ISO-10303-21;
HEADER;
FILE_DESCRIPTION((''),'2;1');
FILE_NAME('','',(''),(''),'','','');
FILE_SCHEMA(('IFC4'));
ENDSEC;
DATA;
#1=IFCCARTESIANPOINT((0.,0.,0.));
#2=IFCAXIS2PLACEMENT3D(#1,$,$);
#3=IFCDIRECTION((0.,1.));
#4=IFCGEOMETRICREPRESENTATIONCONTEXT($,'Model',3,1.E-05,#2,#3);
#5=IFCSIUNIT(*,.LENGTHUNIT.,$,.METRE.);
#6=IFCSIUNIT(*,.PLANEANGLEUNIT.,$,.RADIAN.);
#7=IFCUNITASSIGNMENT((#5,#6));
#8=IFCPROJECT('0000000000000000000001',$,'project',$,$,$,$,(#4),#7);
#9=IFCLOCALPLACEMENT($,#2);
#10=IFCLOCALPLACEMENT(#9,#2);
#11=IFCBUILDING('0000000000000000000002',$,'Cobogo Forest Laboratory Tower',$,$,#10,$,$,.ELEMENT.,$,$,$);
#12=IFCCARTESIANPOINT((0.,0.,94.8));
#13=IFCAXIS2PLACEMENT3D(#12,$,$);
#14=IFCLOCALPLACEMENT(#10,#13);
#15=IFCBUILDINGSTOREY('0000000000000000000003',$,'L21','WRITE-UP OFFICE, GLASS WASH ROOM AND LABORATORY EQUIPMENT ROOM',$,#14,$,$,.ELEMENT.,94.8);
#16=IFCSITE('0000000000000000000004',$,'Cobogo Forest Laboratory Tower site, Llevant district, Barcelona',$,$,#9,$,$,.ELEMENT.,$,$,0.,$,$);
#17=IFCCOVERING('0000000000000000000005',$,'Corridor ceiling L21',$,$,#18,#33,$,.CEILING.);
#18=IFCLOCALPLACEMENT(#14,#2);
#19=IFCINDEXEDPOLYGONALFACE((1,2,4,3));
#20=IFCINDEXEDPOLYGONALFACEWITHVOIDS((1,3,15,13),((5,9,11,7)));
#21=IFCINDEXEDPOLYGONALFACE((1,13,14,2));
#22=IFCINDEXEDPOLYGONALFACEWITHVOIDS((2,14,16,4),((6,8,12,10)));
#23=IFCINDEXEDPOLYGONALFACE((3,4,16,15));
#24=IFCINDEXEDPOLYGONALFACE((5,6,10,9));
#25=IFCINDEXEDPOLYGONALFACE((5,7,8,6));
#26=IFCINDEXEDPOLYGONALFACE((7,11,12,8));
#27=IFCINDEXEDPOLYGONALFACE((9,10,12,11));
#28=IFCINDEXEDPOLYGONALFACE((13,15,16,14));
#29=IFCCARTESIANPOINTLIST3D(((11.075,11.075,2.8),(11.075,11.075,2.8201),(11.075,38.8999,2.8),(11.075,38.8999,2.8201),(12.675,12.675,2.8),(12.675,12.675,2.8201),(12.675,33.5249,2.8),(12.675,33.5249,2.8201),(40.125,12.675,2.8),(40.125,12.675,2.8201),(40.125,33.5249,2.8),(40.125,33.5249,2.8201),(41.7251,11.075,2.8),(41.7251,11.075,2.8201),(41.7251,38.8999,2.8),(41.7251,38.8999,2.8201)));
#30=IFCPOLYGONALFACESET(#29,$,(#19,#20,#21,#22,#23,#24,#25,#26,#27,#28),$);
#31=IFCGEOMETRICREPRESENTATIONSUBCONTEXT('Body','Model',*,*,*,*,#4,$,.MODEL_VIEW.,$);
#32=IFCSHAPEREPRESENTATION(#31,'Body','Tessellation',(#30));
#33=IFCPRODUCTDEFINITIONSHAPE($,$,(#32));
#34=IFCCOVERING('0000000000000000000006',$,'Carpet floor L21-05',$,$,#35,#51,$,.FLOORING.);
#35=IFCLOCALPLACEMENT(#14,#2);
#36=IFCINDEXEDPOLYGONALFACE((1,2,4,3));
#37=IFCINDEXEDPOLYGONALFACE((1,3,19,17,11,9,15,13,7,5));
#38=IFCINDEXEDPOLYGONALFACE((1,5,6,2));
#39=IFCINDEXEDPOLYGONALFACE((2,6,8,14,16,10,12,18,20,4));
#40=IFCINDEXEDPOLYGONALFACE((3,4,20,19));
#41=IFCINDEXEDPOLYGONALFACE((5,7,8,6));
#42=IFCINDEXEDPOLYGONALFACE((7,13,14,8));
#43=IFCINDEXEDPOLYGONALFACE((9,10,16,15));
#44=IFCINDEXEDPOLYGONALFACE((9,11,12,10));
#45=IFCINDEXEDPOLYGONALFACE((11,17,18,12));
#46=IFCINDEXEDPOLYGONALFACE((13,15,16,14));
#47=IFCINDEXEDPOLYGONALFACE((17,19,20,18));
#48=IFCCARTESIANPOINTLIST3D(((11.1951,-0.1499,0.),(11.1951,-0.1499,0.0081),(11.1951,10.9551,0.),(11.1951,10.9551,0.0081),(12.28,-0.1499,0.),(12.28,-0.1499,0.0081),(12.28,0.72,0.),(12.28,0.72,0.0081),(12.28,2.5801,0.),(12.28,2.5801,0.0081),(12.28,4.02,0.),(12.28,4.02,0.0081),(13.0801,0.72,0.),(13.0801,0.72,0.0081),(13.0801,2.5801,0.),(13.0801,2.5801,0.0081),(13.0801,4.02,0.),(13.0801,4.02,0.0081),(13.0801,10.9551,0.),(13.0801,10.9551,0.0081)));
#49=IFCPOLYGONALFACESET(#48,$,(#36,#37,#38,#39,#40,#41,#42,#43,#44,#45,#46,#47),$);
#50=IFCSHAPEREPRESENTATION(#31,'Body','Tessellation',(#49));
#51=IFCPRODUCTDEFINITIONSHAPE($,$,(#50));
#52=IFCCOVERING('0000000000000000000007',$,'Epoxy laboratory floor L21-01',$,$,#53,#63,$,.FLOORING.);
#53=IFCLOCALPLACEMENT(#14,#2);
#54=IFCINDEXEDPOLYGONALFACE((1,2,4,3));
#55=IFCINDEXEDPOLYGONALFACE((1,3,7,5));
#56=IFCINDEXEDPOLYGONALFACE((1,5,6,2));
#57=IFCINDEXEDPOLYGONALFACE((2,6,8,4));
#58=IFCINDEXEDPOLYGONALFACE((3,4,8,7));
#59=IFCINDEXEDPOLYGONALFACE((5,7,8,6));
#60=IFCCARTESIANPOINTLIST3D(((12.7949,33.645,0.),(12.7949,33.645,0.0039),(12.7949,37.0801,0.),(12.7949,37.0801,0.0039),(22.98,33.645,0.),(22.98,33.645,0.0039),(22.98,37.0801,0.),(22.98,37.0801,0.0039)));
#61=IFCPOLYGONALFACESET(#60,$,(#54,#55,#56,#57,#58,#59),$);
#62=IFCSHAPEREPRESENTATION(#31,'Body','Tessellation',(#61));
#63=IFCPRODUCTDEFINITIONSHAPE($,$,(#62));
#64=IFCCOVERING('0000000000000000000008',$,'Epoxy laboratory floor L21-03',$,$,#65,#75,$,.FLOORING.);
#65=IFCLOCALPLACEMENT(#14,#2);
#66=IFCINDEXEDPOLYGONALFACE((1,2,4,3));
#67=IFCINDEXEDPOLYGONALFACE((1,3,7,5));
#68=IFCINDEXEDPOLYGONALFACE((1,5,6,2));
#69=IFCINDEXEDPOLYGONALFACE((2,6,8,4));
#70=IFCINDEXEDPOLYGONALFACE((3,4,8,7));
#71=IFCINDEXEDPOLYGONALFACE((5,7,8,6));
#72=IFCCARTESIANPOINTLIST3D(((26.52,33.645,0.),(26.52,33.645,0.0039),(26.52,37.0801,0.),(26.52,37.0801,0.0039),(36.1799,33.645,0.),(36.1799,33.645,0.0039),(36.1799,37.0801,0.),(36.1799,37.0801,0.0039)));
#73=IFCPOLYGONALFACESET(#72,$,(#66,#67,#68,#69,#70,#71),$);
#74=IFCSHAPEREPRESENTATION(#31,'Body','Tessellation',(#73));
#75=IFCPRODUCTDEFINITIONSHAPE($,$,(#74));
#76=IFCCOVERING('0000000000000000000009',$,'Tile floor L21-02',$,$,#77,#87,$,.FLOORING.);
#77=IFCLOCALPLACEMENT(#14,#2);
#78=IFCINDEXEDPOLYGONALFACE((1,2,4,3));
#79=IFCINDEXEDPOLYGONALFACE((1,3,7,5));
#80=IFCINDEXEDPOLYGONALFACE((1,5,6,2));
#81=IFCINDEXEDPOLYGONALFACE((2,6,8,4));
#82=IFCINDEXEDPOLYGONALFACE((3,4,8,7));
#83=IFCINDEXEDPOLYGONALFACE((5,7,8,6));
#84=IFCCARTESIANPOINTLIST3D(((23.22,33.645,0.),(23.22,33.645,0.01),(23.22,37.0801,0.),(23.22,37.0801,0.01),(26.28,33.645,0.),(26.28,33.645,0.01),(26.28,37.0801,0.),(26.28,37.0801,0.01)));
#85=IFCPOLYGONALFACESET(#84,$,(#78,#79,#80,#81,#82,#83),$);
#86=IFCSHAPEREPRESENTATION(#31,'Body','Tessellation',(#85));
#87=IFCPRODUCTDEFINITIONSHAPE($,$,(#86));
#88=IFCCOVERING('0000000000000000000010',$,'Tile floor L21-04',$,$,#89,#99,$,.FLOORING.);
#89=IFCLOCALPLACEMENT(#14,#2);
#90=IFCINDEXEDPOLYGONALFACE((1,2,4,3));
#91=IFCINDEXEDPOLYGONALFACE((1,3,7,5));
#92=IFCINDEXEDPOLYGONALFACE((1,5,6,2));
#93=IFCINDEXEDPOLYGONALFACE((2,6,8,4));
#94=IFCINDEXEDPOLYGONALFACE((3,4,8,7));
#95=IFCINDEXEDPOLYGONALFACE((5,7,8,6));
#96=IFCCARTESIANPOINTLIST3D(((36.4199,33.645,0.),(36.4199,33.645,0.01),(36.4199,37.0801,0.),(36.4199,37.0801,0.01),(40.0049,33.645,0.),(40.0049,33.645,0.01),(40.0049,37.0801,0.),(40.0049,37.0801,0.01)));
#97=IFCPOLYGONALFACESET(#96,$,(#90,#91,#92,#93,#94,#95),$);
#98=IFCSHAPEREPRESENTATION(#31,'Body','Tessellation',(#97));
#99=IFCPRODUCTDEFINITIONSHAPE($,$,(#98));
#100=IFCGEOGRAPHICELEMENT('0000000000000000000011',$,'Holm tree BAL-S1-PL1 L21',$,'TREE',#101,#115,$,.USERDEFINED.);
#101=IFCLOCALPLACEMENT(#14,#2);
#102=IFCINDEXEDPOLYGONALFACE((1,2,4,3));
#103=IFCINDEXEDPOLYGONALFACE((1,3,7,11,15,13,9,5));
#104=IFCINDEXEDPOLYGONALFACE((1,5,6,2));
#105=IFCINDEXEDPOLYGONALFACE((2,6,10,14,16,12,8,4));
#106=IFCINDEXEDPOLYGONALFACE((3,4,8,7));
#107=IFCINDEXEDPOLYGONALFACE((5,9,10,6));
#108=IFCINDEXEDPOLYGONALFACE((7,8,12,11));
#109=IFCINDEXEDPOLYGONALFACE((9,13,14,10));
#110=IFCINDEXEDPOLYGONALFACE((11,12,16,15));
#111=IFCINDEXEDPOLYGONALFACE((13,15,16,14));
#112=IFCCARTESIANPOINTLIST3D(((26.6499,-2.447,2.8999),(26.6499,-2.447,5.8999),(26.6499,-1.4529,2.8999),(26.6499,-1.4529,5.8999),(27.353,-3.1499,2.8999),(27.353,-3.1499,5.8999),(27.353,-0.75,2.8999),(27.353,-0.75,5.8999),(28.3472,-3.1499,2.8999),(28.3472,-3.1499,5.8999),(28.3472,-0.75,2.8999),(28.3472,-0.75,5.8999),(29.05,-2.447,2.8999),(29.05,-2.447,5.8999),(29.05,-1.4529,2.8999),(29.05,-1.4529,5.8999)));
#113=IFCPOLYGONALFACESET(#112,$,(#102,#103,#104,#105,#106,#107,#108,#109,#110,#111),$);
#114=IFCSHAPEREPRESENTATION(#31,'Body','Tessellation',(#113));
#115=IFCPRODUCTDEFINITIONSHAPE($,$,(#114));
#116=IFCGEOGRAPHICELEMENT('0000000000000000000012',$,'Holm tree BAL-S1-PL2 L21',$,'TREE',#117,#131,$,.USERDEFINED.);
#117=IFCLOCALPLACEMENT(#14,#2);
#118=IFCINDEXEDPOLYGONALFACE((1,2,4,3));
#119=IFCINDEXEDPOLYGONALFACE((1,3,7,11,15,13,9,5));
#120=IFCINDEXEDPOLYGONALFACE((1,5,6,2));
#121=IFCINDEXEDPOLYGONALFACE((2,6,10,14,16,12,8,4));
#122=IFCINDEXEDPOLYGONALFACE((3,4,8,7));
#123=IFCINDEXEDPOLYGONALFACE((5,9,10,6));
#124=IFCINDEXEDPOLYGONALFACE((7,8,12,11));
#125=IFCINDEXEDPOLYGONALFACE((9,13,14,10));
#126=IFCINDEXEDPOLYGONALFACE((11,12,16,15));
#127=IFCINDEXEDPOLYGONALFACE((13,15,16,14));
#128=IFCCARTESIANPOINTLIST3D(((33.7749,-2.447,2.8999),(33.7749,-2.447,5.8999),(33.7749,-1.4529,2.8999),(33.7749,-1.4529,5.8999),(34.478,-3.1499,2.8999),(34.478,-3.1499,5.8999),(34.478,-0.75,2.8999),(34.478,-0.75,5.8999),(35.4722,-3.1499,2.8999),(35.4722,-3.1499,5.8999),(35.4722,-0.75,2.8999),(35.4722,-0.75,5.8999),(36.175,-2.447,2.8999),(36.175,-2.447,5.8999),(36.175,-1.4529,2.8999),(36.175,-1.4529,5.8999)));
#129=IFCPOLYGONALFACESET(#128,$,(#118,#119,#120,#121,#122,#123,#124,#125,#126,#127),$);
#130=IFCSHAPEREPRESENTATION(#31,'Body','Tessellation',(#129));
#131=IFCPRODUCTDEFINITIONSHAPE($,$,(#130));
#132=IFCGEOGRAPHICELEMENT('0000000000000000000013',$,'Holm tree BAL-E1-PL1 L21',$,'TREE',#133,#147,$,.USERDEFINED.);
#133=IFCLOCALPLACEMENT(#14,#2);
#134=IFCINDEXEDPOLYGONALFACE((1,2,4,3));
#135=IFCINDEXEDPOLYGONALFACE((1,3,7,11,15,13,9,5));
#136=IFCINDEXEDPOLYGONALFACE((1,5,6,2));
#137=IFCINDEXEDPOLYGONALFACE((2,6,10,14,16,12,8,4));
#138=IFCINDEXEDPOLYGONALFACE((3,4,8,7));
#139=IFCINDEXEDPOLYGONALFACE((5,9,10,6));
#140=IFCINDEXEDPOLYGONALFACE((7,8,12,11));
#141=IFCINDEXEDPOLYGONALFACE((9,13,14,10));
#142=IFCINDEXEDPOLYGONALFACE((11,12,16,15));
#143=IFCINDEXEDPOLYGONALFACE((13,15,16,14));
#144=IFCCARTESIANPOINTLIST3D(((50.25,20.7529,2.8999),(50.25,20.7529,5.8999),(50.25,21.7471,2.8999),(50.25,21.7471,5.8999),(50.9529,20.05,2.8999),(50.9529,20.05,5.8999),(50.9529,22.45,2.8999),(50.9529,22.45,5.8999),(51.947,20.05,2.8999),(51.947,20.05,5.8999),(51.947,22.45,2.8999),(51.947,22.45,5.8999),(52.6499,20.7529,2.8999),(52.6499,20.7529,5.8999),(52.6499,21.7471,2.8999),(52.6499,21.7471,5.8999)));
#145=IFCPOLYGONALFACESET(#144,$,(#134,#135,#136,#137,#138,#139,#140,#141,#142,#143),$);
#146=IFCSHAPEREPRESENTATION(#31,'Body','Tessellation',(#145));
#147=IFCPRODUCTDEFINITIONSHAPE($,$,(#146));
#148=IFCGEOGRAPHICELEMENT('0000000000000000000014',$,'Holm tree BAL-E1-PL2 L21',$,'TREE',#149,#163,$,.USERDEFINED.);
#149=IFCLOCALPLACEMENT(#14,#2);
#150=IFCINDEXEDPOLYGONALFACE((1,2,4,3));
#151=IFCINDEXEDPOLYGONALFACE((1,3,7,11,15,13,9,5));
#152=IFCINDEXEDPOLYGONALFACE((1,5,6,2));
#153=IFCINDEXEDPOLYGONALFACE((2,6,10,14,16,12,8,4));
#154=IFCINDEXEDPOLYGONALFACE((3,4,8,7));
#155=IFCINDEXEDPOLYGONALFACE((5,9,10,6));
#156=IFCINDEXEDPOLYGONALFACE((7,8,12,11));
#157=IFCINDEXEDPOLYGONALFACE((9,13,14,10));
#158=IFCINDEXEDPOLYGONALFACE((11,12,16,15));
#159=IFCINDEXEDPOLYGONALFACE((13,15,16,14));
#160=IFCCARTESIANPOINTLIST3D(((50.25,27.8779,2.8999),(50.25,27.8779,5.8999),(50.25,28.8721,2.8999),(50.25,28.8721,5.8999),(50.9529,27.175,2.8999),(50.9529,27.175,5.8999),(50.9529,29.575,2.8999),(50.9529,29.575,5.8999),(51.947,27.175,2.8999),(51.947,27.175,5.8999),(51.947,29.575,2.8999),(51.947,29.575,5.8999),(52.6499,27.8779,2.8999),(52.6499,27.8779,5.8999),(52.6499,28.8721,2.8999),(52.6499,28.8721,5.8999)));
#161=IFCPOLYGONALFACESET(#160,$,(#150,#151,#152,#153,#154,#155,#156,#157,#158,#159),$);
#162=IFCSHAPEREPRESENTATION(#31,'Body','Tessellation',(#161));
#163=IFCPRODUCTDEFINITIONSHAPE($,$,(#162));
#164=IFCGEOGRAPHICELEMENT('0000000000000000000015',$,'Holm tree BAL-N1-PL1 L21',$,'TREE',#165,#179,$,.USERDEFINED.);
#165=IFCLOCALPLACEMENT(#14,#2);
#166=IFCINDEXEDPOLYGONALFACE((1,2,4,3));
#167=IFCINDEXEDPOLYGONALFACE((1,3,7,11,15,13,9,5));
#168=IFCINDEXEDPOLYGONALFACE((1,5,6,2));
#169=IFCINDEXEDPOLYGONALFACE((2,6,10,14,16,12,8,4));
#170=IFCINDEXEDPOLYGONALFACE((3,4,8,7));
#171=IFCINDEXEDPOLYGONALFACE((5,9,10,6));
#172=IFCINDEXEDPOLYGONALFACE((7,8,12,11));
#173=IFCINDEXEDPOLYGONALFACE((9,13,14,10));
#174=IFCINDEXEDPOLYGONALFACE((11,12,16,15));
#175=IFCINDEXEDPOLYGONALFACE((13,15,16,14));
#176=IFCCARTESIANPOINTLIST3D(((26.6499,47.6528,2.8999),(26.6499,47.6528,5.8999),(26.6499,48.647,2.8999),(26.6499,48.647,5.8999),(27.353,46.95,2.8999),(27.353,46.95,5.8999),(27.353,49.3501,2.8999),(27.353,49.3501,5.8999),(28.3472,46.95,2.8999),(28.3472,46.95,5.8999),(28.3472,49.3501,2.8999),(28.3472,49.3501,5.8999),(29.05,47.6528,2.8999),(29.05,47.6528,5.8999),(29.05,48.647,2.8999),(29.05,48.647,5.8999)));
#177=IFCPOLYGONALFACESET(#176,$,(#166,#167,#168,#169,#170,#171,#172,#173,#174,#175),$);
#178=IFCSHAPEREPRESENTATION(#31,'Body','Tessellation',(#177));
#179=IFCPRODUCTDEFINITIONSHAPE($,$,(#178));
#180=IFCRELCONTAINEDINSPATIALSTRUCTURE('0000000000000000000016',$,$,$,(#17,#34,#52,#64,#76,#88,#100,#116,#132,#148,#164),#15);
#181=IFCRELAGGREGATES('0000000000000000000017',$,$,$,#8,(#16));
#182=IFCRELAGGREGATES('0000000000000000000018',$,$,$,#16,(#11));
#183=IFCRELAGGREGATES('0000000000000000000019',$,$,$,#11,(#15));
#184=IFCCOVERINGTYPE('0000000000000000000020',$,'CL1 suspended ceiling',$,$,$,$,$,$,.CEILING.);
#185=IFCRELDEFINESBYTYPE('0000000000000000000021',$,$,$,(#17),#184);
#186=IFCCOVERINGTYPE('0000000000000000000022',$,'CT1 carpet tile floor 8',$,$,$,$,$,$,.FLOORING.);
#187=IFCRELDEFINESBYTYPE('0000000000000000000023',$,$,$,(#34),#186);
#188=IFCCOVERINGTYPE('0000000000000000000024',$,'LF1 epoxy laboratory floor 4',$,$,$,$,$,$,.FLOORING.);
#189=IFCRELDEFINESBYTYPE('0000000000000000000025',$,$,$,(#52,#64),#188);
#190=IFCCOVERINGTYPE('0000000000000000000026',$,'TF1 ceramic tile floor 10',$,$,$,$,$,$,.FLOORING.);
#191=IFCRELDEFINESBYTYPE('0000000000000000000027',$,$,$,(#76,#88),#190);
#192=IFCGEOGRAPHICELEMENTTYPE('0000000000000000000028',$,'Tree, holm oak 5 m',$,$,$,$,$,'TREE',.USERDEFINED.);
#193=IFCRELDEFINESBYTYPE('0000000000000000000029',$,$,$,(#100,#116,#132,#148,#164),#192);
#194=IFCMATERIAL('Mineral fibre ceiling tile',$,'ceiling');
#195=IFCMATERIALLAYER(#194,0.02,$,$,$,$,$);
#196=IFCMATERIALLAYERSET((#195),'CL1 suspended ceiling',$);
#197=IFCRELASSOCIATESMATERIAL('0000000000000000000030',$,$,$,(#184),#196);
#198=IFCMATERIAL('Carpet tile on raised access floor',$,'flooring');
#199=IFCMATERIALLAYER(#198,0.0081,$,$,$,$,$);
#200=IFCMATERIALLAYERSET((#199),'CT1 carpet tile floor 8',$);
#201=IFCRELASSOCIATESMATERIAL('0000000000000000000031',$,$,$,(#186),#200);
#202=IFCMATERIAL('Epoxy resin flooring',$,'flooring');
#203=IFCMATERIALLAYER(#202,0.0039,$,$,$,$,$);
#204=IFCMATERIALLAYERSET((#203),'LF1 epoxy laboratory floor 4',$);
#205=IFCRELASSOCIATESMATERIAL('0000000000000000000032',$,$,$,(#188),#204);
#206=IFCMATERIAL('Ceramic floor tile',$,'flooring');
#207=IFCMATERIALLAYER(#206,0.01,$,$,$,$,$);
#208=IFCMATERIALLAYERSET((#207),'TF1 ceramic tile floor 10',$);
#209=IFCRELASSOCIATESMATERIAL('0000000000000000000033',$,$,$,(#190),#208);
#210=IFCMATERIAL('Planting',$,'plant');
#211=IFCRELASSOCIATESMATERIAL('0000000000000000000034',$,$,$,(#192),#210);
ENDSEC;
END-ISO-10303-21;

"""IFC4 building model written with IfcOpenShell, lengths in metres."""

from ifc_helpers import new_model, si_unit, direction, frame, origin, place, context, subcontext, project, spatial, polyline, outline, extrude, material, layer, layer_set, type_object, element, save


model = new_model("IFC4")

# Units and contexts
model_context = context("Model", 3, precision=1e-05, world=origin(), true_north=direction((0.0, 1.0)))
body_context = subcontext(model_context, "Body", "Model", "MODEL_VIEW")
ifc_project = project(units=[si_unit("LENGTHUNIT", "METRE"), si_unit("PLANEANGLEUNIT", "RADIAN")], contexts=[model_context])

# Site, building, storey
site_placement = place(None, origin())
site = spatial("IfcSite", under=ifc_project, at=site_placement, Name="Cobogo Forest Laboratory Tower site, Llevant district, Barcelona", CompositionType="ELEMENT", RefElevation=0.0)
building_placement = place(site_placement, origin())
building = spatial("IfcBuilding", under=site, at=building_placement, Name="Cobogo Forest Laboratory Tower", CompositionType="ELEMENT")
storey_placement = place(building_placement, frame((0.0, 0.0, 94.8)))
storey = spatial("IfcBuildingStorey", under=building, at=storey_placement, Name="L21", Description="WRITE-UP OFFICE, GLASS WASH ROOM AND LABORATORY EQUIPMENT ROOM", CompositionType="ELEMENT", Elevation=94.8)

# Coverings
ifc_material_1 = material(Name="Mineral fibre ceiling tile", Category="ceiling")
ifc_layer_1 = layer(ifc_material_1, 0.02)
ifc_layer_set_1 = layer_set([ifc_layer_1], Name="CL1 suspended ceiling")
covering_type_1 = type_object("IfcCoveringType", Name="CL1 suspended ceiling", PredefinedType="CEILING", material=ifc_layer_set_1)
covering_1_placement = place(storey_placement, frame((0.0, 0.0, 2.8)))
element("IfcCovering", 1, at=covering_1_placement, inside=storey, type_object=covering_type_1, Name="Corridor ceiling L21", PredefinedType="CEILING", context=body_context, shape_type="SweptSolid", body=[
    extrude(outline(polyline([(11.075, 11.075), (11.075, 38.8999), (41.7251, 38.8999), (41.7251, 11.075), (11.075, 11.075)]), holes=[polyline([(40.125, 33.5249), (12.675, 33.5249), (12.675, 12.675), (40.125, 12.675), (40.125, 33.5249)])]), origin(), (0.0, 0.0, 1.0), 0.02),
])
ifc_material_2 = material(Name="Carpet tile on raised access floor", Category="flooring")
ifc_layer_2 = layer(ifc_material_2, 0.0081)
ifc_layer_set_2 = layer_set([ifc_layer_2], Name="CT1 carpet tile floor 8")
covering_type_2 = type_object("IfcCoveringType", Name="CT1 carpet tile floor 8", PredefinedType="FLOORING", material=ifc_layer_set_2)
covering_2_placement = place(storey_placement, origin())
element("IfcCovering", 2, at=covering_2_placement, inside=storey, type_object=covering_type_2, Name="Carpet floor L21-05", PredefinedType="FLOORING", context=body_context, shape_type="SweptSolid", body=[
    extrude(outline(polyline([(13.0801, 10.9551), (13.0801, 4.02), (12.28, 4.02), (12.28, 2.5801), (13.0801, 2.5801), (13.0801, 0.72), (12.28, 0.72), (12.28, -0.1499), (11.1951, -0.1499), (11.1951, 10.9551), (13.0801, 10.9551)])), origin(), (0.0, 0.0, 1.0), 0.0081),
])
ifc_material_3 = material(Name="Epoxy resin flooring", Category="flooring")
ifc_layer_3 = layer(ifc_material_3, 0.0039)
ifc_layer_set_3 = layer_set([ifc_layer_3], Name="LF1 epoxy laboratory floor 4")
covering_type_3 = type_object("IfcCoveringType", Name="LF1 epoxy laboratory floor 4", PredefinedType="FLOORING", material=ifc_layer_set_3)
covering_3_placement = place(storey_placement, origin())
element("IfcCovering", 3, at=covering_3_placement, inside=storey, type_object=covering_type_3, Name="Epoxy laboratory floor L21-01", PredefinedType="FLOORING", context=body_context, shape_type="SweptSolid", body=[
    extrude(outline(polyline([(22.98, 33.645), (12.7949, 33.645), (12.7949, 37.0801), (22.98, 37.0801), (22.98, 33.645)])), origin(), (0.0, 0.0, 1.0), 0.0039),
])
covering_4_placement = place(storey_placement, origin())
element("IfcCovering", 4, at=covering_4_placement, inside=storey, type_object=covering_type_3, Name="Epoxy laboratory floor L21-03", PredefinedType="FLOORING", context=body_context, shape_type="SweptSolid", body=[
    extrude(outline(polyline([(36.1799, 33.645), (26.52, 33.645), (26.52, 37.0801), (36.1799, 37.0801), (36.1799, 33.645)])), origin(), (0.0, 0.0, 1.0), 0.0039),
])
ifc_material_4 = material(Name="Ceramic floor tile", Category="flooring")
ifc_layer_4 = layer(ifc_material_4, 0.01)
ifc_layer_set_4 = layer_set([ifc_layer_4], Name="TF1 ceramic tile floor 10")
covering_type_4 = type_object("IfcCoveringType", Name="TF1 ceramic tile floor 10", PredefinedType="FLOORING", material=ifc_layer_set_4)
covering_5_placement = place(storey_placement, origin())
element("IfcCovering", 5, at=covering_5_placement, inside=storey, type_object=covering_type_4, Name="Tile floor L21-02", PredefinedType="FLOORING", context=body_context, shape_type="SweptSolid", body=[
    extrude(outline(polyline([(26.28, 33.645), (23.22, 33.645), (23.22, 37.0801), (26.28, 37.0801), (26.28, 33.645)])), origin(), (0.0, 0.0, 1.0), 0.01),
])
covering_6_placement = place(storey_placement, origin())
element("IfcCovering", 6, at=covering_6_placement, inside=storey, type_object=covering_type_4, Name="Tile floor L21-04", PredefinedType="FLOORING", context=body_context, shape_type="SweptSolid", body=[
    extrude(outline(polyline([(40.0049, 33.645), (36.4199, 33.645), (36.4199, 37.0801), (40.0049, 37.0801), (40.0049, 33.645)])), origin(), (0.0, 0.0, 1.0), 0.01),
])

# Geographic elements
ifc_material_5 = material(Name="Planting", Category="plant")
geographic_element_type = type_object("IfcGeographicElementType", Name="Tree, holm oak 5 m", ElementType="TREE", PredefinedType="USERDEFINED", material=ifc_material_5)
geographic_element_1_placement = place(storey_placement, frame((0.0, 0.0, 2.8999)))
element("IfcGeographicElement", 7, at=geographic_element_1_placement, inside=storey, type_object=geographic_element_type, Name="Holm tree BAL-S1-PL1 L21", ObjectType="TREE", PredefinedType="USERDEFINED", context=body_context, shape_type="SweptSolid", body=[
    extrude(outline(polyline([(29.05, -2.447), (29.05, -1.4529), (28.3472, -0.75), (27.353, -0.75), (26.6499, -1.4529), (26.6499, -2.447), (27.353, -3.1499), (28.3472, -3.1499), (29.05, -2.447)])), origin(), (0.0, 0.0, 1.0), 3.0),
])
geographic_element_2_placement = place(storey_placement, frame((0.0, 0.0, 2.8999)))
element("IfcGeographicElement", 8, at=geographic_element_2_placement, inside=storey, type_object=geographic_element_type, Name="Holm tree BAL-S1-PL2 L21", ObjectType="TREE", PredefinedType="USERDEFINED", context=body_context, shape_type="SweptSolid", body=[
    extrude(outline(polyline([(36.175, -2.447), (36.175, -1.4529), (35.4722, -0.75), (34.478, -0.75), (33.7749, -1.4529), (33.7749, -2.447), (34.478, -3.1499), (35.4722, -3.1499), (36.175, -2.447)])), origin(), (0.0, 0.0, 1.0), 3.0),
])
geographic_element_3_placement = place(storey_placement, frame((0.0, 0.0, 2.8999)))
element("IfcGeographicElement", 9, at=geographic_element_3_placement, inside=storey, type_object=geographic_element_type, Name="Holm tree BAL-E1-PL1 L21", ObjectType="TREE", PredefinedType="USERDEFINED", context=body_context, shape_type="SweptSolid", body=[
    extrude(outline(polyline([(52.6499, 20.7529), (52.6499, 21.7471), (51.947, 22.45), (50.9529, 22.45), (50.25, 21.7471), (50.25, 20.7529), (50.9529, 20.05), (51.947, 20.05), (52.6499, 20.7529)])), origin(), (0.0, 0.0, 1.0), 3.0),
])
geographic_element_4_placement = place(storey_placement, frame((0.0, 0.0, 2.8999)))
element("IfcGeographicElement", 10, at=geographic_element_4_placement, inside=storey, type_object=geographic_element_type, Name="Holm tree BAL-E1-PL2 L21", ObjectType="TREE", PredefinedType="USERDEFINED", context=body_context, shape_type="SweptSolid", body=[
    extrude(outline(polyline([(52.6499, 27.8779), (52.6499, 28.8721), (51.947, 29.575), (50.9529, 29.575), (50.25, 28.8721), (50.25, 27.8779), (50.9529, 27.175), (51.947, 27.175), (52.6499, 27.8779)])), origin(), (0.0, 0.0, 1.0), 3.0),
])
geographic_element_5_placement = place(storey_placement, frame((0.0, 0.0, 2.8999)))
element("IfcGeographicElement", 11, at=geographic_element_5_placement, inside=storey, type_object=geographic_element_type, Name="Holm tree BAL-N1-PL1 L21", ObjectType="TREE", PredefinedType="USERDEFINED", context=body_context, shape_type="SweptSolid", body=[
    extrude(outline(polyline([(29.05, 47.6528), (29.05, 48.647), (28.3472, 49.3501), (27.353, 49.3501), (26.6499, 48.647), (26.6499, 47.6528), (27.353, 46.95), (28.3472, 46.95), (29.05, 47.6528)])), origin(), (0.0, 0.0, 1.0), 3.0),
])

save(model, "model.ifc")
